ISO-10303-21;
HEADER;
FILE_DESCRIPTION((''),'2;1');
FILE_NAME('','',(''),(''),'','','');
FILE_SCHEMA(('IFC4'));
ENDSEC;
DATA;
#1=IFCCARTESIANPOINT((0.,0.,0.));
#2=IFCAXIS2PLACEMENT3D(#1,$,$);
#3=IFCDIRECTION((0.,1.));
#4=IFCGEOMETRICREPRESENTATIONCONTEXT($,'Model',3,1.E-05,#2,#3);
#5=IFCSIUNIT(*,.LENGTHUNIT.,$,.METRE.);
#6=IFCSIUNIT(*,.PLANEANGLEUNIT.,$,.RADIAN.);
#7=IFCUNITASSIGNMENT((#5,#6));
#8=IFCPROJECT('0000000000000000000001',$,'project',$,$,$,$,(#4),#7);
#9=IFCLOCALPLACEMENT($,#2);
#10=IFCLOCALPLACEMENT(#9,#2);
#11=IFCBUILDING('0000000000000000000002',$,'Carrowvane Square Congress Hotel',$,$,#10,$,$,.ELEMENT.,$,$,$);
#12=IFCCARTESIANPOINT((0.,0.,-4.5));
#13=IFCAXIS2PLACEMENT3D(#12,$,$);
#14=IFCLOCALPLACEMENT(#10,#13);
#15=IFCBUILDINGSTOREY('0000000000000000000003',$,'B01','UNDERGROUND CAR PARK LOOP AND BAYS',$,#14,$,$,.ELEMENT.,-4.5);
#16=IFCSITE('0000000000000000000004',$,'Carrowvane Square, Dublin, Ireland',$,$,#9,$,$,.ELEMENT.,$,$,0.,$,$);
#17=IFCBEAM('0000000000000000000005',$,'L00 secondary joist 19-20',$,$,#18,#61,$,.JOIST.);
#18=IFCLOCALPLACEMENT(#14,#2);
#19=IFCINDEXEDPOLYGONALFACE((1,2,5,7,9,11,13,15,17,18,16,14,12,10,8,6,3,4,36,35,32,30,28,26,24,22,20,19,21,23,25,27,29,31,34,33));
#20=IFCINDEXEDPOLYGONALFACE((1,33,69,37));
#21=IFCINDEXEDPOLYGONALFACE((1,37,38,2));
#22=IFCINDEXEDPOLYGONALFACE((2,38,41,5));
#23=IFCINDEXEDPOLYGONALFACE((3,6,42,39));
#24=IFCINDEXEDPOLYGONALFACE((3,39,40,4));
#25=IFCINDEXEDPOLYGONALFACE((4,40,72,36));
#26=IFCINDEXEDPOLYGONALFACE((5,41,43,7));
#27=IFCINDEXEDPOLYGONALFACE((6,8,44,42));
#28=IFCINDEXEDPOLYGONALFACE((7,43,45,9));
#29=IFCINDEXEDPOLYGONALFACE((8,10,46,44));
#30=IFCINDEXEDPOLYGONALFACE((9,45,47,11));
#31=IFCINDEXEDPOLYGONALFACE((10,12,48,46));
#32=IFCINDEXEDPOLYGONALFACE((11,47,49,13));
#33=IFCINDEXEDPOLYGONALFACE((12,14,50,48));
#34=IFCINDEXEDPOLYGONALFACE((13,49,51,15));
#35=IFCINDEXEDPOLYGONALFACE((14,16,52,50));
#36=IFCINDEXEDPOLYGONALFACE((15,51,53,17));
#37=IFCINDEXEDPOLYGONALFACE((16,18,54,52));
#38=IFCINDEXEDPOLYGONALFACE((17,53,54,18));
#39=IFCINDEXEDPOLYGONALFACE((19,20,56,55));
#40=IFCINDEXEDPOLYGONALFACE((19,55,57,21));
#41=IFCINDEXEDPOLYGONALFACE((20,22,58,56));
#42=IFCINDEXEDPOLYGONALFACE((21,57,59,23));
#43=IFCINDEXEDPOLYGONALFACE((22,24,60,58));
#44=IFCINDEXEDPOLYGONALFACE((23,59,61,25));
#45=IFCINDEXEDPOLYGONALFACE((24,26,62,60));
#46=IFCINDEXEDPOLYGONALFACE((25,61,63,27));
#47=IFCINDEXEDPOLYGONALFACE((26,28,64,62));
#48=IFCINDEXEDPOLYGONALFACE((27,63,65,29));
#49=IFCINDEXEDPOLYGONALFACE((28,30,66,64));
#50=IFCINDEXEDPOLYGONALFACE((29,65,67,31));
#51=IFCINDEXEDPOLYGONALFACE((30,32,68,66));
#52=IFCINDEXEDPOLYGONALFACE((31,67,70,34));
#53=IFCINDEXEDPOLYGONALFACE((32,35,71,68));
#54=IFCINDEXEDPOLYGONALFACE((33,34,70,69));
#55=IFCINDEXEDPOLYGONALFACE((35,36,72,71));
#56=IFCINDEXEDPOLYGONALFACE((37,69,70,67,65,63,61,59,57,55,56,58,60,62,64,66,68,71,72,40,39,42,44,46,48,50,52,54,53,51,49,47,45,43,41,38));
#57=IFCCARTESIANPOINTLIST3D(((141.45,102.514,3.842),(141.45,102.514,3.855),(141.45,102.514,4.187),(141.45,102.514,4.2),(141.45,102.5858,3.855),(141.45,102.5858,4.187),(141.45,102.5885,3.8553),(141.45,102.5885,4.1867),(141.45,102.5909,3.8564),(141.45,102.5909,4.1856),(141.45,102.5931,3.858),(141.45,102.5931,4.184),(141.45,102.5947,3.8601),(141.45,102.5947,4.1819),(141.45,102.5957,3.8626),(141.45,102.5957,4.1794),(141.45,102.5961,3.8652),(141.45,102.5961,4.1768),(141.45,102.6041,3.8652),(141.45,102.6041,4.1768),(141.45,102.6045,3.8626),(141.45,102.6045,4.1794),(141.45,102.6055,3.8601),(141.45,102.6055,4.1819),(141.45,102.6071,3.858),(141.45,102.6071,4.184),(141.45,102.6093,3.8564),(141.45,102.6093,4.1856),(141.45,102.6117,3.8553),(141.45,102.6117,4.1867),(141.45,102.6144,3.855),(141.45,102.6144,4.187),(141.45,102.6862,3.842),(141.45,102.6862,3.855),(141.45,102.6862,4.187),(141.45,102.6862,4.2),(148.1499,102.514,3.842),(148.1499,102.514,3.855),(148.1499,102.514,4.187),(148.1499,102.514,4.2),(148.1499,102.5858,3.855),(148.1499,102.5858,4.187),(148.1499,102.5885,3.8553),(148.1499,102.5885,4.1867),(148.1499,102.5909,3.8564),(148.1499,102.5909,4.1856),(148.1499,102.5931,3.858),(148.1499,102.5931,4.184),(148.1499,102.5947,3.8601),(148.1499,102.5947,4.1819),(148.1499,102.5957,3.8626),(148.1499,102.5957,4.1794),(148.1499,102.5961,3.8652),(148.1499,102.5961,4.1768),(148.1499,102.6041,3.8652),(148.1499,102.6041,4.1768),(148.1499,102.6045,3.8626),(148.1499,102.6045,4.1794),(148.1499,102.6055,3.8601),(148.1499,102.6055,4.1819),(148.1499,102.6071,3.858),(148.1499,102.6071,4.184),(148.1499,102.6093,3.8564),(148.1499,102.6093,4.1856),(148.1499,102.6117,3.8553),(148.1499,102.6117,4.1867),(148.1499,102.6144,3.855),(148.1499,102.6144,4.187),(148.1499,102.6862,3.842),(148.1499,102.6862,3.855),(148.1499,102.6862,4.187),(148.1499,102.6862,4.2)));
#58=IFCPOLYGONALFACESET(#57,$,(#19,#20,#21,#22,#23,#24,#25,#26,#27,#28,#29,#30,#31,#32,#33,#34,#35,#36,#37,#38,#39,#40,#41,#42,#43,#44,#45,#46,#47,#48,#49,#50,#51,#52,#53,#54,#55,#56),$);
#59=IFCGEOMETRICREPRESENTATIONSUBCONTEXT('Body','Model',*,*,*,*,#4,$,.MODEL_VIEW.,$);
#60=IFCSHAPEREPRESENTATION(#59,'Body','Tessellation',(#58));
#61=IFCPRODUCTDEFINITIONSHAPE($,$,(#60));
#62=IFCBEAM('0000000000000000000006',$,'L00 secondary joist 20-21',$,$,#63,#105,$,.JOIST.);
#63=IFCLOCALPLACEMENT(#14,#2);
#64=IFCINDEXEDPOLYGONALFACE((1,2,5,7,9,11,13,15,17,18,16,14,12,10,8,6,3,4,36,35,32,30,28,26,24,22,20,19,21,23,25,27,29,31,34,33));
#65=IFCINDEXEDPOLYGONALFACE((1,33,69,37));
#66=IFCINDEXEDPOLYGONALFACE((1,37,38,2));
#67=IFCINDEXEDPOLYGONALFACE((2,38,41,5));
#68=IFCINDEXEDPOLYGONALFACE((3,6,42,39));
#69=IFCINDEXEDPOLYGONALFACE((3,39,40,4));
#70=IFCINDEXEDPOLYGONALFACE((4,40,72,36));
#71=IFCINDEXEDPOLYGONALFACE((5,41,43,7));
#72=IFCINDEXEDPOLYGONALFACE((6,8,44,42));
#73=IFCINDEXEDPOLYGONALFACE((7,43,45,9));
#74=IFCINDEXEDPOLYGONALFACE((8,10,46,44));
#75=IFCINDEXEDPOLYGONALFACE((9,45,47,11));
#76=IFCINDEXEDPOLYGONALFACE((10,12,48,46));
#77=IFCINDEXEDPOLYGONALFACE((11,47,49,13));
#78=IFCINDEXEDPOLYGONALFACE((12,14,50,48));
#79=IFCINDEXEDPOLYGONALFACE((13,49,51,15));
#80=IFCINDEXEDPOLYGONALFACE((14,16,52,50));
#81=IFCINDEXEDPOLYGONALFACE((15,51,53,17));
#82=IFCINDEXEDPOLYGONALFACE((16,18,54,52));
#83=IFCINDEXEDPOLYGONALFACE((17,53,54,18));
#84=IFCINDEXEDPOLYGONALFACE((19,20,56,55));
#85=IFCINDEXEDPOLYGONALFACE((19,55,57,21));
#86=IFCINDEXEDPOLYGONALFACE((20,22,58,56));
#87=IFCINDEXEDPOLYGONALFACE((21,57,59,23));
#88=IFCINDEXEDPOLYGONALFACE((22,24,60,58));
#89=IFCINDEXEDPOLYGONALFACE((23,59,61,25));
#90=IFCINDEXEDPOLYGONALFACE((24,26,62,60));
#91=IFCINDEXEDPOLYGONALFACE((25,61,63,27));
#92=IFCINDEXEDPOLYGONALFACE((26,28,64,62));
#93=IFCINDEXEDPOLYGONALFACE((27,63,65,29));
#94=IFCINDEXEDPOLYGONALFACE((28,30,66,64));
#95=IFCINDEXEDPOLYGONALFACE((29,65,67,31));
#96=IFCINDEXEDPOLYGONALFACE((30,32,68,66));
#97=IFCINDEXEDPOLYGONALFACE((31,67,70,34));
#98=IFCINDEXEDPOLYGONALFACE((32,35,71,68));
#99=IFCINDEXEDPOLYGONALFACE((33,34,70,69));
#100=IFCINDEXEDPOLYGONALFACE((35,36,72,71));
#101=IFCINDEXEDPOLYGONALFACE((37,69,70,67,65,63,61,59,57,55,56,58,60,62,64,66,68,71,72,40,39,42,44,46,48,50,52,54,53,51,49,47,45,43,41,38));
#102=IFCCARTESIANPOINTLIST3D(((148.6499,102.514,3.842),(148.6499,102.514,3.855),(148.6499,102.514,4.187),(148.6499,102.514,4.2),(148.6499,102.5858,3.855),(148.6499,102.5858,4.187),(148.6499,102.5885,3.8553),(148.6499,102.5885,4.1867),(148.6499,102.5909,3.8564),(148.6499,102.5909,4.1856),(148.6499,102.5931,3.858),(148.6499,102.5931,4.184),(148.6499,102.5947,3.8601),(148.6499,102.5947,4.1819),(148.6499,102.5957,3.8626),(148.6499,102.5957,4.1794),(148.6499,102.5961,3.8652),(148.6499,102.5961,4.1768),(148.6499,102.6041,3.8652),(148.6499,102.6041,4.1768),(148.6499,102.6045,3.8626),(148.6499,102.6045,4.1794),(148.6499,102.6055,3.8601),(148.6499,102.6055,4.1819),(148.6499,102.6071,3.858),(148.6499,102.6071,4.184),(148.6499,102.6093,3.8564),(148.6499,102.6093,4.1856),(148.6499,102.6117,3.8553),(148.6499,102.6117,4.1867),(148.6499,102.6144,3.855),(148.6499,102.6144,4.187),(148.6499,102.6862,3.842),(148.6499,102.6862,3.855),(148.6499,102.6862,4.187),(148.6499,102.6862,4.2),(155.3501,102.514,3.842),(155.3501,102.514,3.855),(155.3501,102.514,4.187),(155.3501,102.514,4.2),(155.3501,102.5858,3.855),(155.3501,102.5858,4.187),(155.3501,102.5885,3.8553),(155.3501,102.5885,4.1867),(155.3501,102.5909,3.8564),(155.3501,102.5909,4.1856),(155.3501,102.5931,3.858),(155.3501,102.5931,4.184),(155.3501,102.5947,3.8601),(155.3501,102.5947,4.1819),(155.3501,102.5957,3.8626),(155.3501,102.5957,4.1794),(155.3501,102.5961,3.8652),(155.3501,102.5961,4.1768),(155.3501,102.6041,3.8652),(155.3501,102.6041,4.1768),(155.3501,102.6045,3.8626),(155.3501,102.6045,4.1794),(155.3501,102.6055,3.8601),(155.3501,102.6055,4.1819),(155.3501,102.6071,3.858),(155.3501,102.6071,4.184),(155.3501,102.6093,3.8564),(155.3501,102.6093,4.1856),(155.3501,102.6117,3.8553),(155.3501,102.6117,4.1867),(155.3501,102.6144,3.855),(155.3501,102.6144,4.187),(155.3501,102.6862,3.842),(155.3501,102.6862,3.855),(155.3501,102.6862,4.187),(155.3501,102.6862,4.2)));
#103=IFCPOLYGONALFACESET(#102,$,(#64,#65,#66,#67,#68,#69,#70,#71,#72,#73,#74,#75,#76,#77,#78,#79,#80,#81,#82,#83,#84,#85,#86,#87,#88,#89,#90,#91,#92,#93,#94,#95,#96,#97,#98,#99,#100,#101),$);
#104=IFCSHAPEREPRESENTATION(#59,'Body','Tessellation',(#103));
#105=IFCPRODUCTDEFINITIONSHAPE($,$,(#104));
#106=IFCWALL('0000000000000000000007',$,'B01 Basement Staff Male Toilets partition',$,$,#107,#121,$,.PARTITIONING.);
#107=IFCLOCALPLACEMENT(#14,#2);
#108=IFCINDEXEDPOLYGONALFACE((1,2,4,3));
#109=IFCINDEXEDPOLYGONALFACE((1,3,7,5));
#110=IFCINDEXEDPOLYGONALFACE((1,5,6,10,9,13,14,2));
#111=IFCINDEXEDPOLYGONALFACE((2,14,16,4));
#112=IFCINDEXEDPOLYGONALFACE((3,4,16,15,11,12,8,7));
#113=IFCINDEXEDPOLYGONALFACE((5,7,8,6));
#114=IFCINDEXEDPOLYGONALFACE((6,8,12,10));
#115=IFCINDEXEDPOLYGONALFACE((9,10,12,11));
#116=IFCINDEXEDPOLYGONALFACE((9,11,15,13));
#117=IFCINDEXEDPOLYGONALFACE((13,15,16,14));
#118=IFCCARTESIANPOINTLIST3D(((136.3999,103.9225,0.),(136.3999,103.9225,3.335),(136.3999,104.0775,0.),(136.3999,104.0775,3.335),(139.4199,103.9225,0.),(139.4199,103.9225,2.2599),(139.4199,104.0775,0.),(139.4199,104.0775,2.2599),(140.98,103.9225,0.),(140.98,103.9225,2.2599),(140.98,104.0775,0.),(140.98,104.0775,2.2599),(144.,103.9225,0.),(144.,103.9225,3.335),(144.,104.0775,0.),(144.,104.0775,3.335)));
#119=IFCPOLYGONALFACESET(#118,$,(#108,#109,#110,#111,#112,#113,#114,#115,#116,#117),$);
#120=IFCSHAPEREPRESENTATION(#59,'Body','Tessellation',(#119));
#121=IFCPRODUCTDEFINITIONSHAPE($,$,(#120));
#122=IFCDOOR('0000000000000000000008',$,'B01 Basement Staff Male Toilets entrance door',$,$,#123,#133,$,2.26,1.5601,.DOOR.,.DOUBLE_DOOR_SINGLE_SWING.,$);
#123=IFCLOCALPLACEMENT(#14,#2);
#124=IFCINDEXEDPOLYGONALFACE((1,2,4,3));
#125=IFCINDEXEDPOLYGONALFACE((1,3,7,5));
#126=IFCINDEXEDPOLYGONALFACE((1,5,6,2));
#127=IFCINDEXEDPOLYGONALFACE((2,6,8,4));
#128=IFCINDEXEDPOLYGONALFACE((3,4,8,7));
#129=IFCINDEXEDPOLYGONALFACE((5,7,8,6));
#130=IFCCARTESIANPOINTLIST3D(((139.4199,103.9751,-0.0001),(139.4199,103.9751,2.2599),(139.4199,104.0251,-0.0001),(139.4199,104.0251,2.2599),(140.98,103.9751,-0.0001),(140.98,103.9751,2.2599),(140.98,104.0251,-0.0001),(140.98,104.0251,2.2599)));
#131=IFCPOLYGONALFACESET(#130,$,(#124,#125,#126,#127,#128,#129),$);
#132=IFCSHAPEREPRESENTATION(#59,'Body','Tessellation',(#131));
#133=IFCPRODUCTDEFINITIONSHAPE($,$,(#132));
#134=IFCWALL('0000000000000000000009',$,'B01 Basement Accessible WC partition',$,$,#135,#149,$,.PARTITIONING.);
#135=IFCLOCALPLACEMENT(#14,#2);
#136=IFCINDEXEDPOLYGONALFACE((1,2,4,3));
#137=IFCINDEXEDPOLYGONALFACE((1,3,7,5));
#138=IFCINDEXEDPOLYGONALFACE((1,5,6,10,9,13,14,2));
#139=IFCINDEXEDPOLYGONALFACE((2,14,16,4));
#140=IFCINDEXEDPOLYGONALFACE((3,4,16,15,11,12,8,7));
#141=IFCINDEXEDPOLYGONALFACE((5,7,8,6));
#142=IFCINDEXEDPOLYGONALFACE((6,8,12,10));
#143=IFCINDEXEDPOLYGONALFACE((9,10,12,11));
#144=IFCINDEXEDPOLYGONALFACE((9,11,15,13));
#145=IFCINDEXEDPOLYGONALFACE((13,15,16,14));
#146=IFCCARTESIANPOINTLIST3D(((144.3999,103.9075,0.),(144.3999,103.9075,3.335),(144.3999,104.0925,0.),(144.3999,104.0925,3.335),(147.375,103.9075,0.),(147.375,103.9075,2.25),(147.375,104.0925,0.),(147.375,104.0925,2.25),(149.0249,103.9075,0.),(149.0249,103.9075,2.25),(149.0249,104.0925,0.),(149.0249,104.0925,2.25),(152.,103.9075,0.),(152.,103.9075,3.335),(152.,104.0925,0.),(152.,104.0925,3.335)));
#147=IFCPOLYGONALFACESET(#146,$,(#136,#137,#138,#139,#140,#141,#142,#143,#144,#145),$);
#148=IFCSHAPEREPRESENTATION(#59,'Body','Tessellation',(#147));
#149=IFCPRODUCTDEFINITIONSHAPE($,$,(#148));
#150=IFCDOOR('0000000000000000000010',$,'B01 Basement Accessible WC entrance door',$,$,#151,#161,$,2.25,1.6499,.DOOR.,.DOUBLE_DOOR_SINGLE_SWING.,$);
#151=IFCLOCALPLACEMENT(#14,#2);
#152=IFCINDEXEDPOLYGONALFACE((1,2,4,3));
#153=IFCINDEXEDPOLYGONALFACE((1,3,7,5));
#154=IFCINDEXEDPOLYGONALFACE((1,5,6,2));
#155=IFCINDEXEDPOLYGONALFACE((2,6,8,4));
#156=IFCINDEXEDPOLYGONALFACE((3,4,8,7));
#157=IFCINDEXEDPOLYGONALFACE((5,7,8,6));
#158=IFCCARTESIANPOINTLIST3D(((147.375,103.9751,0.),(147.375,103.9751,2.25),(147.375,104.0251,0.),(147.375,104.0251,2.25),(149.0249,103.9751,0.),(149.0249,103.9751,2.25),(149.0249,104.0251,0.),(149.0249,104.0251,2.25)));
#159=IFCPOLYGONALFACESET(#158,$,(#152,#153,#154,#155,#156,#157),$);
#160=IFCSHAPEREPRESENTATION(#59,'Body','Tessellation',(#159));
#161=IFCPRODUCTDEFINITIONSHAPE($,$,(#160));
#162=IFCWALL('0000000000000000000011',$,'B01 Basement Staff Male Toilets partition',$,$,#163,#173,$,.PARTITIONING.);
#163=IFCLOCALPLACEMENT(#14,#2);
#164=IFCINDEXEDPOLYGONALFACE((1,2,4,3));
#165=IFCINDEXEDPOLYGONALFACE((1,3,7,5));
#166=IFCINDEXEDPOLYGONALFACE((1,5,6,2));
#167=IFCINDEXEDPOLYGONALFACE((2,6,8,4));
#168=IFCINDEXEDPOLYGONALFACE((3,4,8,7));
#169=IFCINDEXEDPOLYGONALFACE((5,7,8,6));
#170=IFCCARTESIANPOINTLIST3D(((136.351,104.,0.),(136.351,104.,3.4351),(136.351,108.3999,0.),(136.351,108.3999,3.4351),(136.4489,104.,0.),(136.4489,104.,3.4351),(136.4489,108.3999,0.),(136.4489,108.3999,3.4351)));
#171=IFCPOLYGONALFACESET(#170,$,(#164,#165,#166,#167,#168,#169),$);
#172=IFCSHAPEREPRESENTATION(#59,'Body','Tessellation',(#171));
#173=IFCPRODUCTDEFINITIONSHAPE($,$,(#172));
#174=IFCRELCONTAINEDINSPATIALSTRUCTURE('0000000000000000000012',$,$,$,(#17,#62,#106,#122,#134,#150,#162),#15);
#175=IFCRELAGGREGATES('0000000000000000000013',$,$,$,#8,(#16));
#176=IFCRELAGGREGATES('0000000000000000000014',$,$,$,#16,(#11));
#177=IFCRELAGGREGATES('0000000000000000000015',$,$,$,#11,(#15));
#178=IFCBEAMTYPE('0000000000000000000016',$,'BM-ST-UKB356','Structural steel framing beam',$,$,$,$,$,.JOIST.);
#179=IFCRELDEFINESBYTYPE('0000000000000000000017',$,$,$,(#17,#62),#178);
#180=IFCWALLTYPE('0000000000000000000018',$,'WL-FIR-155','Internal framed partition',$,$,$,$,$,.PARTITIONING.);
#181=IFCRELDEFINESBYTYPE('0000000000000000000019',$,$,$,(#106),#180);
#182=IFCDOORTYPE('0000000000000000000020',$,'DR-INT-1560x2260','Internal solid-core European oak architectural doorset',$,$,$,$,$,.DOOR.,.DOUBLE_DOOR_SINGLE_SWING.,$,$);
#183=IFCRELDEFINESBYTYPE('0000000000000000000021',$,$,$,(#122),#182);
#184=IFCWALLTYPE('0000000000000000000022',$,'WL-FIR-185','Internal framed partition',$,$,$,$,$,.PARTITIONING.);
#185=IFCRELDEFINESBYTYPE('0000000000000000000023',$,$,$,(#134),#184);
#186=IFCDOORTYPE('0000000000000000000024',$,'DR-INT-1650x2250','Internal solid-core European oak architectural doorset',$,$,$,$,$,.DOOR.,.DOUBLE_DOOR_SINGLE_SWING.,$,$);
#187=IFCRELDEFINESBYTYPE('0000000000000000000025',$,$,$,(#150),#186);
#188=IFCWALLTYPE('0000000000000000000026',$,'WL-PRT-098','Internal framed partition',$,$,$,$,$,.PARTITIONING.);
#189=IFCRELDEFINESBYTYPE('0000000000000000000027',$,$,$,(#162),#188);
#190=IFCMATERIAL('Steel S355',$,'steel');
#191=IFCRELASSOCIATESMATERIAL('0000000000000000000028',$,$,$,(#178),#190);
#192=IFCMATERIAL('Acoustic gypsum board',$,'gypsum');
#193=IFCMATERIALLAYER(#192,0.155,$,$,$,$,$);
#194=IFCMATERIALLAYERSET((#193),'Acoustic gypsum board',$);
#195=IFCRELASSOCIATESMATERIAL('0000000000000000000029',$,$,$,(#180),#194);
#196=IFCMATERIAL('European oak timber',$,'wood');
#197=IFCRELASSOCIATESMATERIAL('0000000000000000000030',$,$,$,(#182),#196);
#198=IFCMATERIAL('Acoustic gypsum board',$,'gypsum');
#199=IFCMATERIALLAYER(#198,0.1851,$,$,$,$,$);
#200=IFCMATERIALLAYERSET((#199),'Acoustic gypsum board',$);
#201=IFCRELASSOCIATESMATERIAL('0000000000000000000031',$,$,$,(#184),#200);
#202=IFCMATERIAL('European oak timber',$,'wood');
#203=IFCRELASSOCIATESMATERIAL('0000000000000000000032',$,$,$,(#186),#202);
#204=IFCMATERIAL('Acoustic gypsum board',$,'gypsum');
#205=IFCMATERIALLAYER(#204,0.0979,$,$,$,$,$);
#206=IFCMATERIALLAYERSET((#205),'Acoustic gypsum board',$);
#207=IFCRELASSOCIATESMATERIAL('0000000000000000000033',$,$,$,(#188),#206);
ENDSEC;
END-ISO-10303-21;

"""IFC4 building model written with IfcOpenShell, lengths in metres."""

from ifc_helpers import new_model, si_unit, direction, frame, frame_2d, origin, origin_2d, place, context, subcontext, project, spatial, rectangle, i_section, extrude, material, layer, layer_set, material_profile, profile_set, type_object, element, fill, save


model = new_model("IFC4")

# Units and contexts
model_context = context("Model", 3, precision=1e-05, world=origin(), true_north=direction((0.0, 1.0)))
body_context = subcontext(model_context, "Body", "Model", "MODEL_VIEW")
ifc_project = project(units=[si_unit("LENGTHUNIT", "METRE"), si_unit("PLANEANGLEUNIT", "RADIAN")], contexts=[model_context])

# Site, building, storey
site_placement = place(None, origin())
site = spatial("IfcSite", under=ifc_project, at=site_placement, Name="Carrowvane Square, Dublin, Ireland", CompositionType="ELEMENT", RefElevation=0.0)
building_placement = place(site_placement, origin())
building = spatial("IfcBuilding", under=site, at=building_placement, Name="Carrowvane Square Congress Hotel", CompositionType="ELEMENT")
storey_placement = place(building_placement, frame((0.0, 0.0, -4.5)))
storey = spatial("IfcBuildingStorey", under=building, at=storey_placement, Name="B01", Description="UNDERGROUND CAR PARK LOOP AND BAYS", CompositionType="ELEMENT", Elevation=-4.5)

# Beams
ifc_material_1 = material(Name="Steel S355", Category="steel")
ifc_material_profile_1 = material_profile(ifc_material_1, i_section(OverallWidth=0.1721, OverallDepth=0.3579, WebThickness=0.0081, FlangeThickness=0.0129, FilletRadius=0.0103, at=origin_2d()), Name="UKB 356x171x57")
ifc_profile_set_1 = profile_set([ifc_material_profile_1], Name="Steel S355")
beam_type_1 = type_object("IfcBeamType", Name="BM-ST-UKB356", Description="Structural steel framing beam", PredefinedType="JOIST", material=ifc_profile_set_1)
beam_1_placement = place(storey_placement, frame((141.45, 102.6001, 4.021), z_axis=(1.0, 0.0, 0.0), x_axis=(0.0, 1.0, 0.0)))
element("IfcBeam", 1, at=beam_1_placement, inside=storey, type_object=beam_type_1, Name="L00 secondary joist 19-20", PredefinedType="JOIST", context=body_context, shape_type="SweptSolid", body=[
    extrude(i_section(OverallWidth=0.1721, OverallDepth=0.3579, WebThickness=0.0081, FlangeThickness=0.0129, FilletRadius=0.0103, at=origin_2d()), origin(), (0.0, 0.0, 1.0), 6.7),
])
beam_2_placement = place(storey_placement, frame((148.6499, 102.6001, 4.021), z_axis=(1.0, 0.0, 0.0), x_axis=(0.0, 1.0, 0.0)))
element("IfcBeam", 2, at=beam_2_placement, inside=storey, type_object=beam_type_1, Name="L00 secondary joist 20-21", PredefinedType="JOIST", context=body_context, shape_type="SweptSolid", body=[
    extrude(i_section(OverallWidth=0.1721, OverallDepth=0.3579, WebThickness=0.0081, FlangeThickness=0.0129, FilletRadius=0.0103, at=origin_2d()), origin(), (0.0, 0.0, 1.0), 6.7002),
])

# Walls, openings, doors
ifc_material_2 = material(Name="Acoustic gypsum board", Category="gypsum")
ifc_layer_1 = layer(ifc_material_2, 0.155)
ifc_layer_set_1 = layer_set([ifc_layer_1], Name="Acoustic gypsum board")
wall_type_1 = type_object("IfcWallType", Name="WL-FIR-155", Description="Internal framed partition", PredefinedType="PARTITIONING", material=ifc_layer_set_1)
wall_1_placement = place(storey_placement, frame((144.0, 104.0, 0.0), z_axis=(0.0, 0.0, 1.0), x_axis=(-1.0, 0.0, 0.0)))
wall_1 = element("IfcWall", 3, at=wall_1_placement, inside=storey, type_object=wall_type_1, Name="B01 Basement Staff Male Toilets partition", PredefinedType="PARTITIONING", context=body_context, shape_type="SweptSolid", body=[
    extrude(rectangle(XDim=7.6001, YDim=0.155, at=frame_2d((3.8, 0.0))), origin(), (0.0, 0.0, 1.0), 3.335),
])
opening_1_placement = place(wall_1_placement, frame((3.02, 0.0, 0.0)))
opening_1 = element("IfcOpeningElement", 4, at=opening_1_placement, cuts=wall_1, PredefinedType="OPENING", context=body_context, shape_type="SweptSolid", body=[
    extrude(rectangle(XDim=1.5601, YDim=2.26, at=frame_2d((0.78, 1.1299))), frame((0.0, 0.0874, 0.0), z_axis=(0.0, -1.0, 0.0), x_axis=(1.0, 0.0, 0.0)), (0.0, 0.0, 1.0), 0.175),
])
ifc_material_3 = material(Name="European oak timber", Category="wood")
door_type_1 = type_object("IfcDoorType", Name="DR-INT-1560x2260", Description="Internal solid-core European oak architectural doorset", OperationType="DOUBLE_DOOR_SINGLE_SWING", PredefinedType="DOOR", material=ifc_material_3)
door_1_placement = place(opening_1_placement, origin())
door_1 = element("IfcDoor", 5, at=door_1_placement, inside=storey, type_object=door_type_1, Name="B01 Basement Staff Male Toilets entrance door", OperationType="DOUBLE_DOOR_SINGLE_SWING", OverallHeight=2.26, OverallWidth=1.5601, PredefinedType="DOOR", context=body_context, shape_type="SweptSolid", body=[
    extrude(rectangle(XDim=1.5601, YDim=2.26, at=frame_2d((0.78, 1.1299))), frame((0.0, 0.0249, 0.0), z_axis=(0.0, -1.0, 0.0), x_axis=(1.0, 0.0, 0.0)), (0.0, 0.0, 1.0), 0.05),
])
fill(opening_1, door_1)
ifc_material_4 = material(Name="Acoustic gypsum board", Category="gypsum")
ifc_layer_2 = layer(ifc_material_4, 0.1851)
ifc_layer_set_2 = layer_set([ifc_layer_2], Name="Acoustic gypsum board")
wall_type_2 = type_object("IfcWallType", Name="WL-FIR-185", Description="Internal framed partition", PredefinedType="PARTITIONING", material=ifc_layer_set_2)
wall_2_placement = place(storey_placement, frame((152.0, 104.0, 0.0), z_axis=(0.0, 0.0, 1.0), x_axis=(-1.0, 0.0, 0.0)))
wall_2 = element("IfcWall", 6, at=wall_2_placement, inside=storey, type_object=wall_type_2, Name="B01 Basement Accessible WC partition", PredefinedType="PARTITIONING", context=body_context, shape_type="SweptSolid", body=[
    extrude(rectangle(XDim=7.6001, YDim=0.1851, at=frame_2d((3.8, 0.0))), origin(), (0.0, 0.0, 1.0), 3.335),
])
opening_2_placement = place(wall_2_placement, frame((2.9751, 0.0, 0.0)))
opening_2 = element("IfcOpeningElement", 7, at=opening_2_placement, cuts=wall_2, PredefinedType="OPENING", context=body_context, shape_type="SweptSolid", body=[
    extrude(rectangle(XDim=1.6499, YDim=2.25, at=frame_2d((0.825, 1.125))), frame((0.0, 0.1025, 0.0), z_axis=(0.0, -1.0, 0.0), x_axis=(1.0, 0.0, 0.0)), (0.0, 0.0, 1.0), 0.2051),
])
ifc_material_5 = material(Name="European oak timber", Category="wood")
door_type_2 = type_object("IfcDoorType", Name="DR-INT-1650x2250", Description="Internal solid-core European oak architectural doorset", OperationType="DOUBLE_DOOR_SINGLE_SWING", PredefinedType="DOOR", material=ifc_material_5)
door_2_placement = place(opening_2_placement, origin())
door_2 = element("IfcDoor", 8, at=door_2_placement, inside=storey, type_object=door_type_2, Name="B01 Basement Accessible WC entrance door", OperationType="DOUBLE_DOOR_SINGLE_SWING", OverallHeight=2.25, OverallWidth=1.6499, PredefinedType="DOOR", context=body_context, shape_type="SweptSolid", body=[
    extrude(rectangle(XDim=1.6499, YDim=2.25, at=frame_2d((0.825, 1.125))), frame((0.0, 0.0249, 0.0), z_axis=(0.0, -1.0, 0.0), x_axis=(1.0, 0.0, 0.0)), (0.0, 0.0, 1.0), 0.05),
])
fill(opening_2, door_2)

# Wall
ifc_material_6 = material(Name="Acoustic gypsum board", Category="gypsum")
ifc_layer_3 = layer(ifc_material_6, 0.0979)
ifc_layer_set_3 = layer_set([ifc_layer_3], Name="Acoustic gypsum board")
wall_type_3 = type_object("IfcWallType", Name="WL-PRT-098", Description="Internal framed partition", PredefinedType="PARTITIONING", material=ifc_layer_set_3)
wall_3_placement = place(storey_placement, frame((136.3999, 104.0, 0.0), z_axis=(0.0, 0.0, 1.0), x_axis=(0.0, 1.0, 0.0)))
element("IfcWall", 9, at=wall_3_placement, inside=storey, type_object=wall_type_3, Name="B01 Basement Staff Male Toilets partition", PredefinedType="PARTITIONING", context=body_context, shape_type="SweptSolid", body=[
    extrude(rectangle(XDim=4.3999, YDim=0.0979, at=frame_2d((2.2, 0.0))), origin(), (0.0, 0.0, 1.0), 3.4351),
])

save(model, "model.ifc")
